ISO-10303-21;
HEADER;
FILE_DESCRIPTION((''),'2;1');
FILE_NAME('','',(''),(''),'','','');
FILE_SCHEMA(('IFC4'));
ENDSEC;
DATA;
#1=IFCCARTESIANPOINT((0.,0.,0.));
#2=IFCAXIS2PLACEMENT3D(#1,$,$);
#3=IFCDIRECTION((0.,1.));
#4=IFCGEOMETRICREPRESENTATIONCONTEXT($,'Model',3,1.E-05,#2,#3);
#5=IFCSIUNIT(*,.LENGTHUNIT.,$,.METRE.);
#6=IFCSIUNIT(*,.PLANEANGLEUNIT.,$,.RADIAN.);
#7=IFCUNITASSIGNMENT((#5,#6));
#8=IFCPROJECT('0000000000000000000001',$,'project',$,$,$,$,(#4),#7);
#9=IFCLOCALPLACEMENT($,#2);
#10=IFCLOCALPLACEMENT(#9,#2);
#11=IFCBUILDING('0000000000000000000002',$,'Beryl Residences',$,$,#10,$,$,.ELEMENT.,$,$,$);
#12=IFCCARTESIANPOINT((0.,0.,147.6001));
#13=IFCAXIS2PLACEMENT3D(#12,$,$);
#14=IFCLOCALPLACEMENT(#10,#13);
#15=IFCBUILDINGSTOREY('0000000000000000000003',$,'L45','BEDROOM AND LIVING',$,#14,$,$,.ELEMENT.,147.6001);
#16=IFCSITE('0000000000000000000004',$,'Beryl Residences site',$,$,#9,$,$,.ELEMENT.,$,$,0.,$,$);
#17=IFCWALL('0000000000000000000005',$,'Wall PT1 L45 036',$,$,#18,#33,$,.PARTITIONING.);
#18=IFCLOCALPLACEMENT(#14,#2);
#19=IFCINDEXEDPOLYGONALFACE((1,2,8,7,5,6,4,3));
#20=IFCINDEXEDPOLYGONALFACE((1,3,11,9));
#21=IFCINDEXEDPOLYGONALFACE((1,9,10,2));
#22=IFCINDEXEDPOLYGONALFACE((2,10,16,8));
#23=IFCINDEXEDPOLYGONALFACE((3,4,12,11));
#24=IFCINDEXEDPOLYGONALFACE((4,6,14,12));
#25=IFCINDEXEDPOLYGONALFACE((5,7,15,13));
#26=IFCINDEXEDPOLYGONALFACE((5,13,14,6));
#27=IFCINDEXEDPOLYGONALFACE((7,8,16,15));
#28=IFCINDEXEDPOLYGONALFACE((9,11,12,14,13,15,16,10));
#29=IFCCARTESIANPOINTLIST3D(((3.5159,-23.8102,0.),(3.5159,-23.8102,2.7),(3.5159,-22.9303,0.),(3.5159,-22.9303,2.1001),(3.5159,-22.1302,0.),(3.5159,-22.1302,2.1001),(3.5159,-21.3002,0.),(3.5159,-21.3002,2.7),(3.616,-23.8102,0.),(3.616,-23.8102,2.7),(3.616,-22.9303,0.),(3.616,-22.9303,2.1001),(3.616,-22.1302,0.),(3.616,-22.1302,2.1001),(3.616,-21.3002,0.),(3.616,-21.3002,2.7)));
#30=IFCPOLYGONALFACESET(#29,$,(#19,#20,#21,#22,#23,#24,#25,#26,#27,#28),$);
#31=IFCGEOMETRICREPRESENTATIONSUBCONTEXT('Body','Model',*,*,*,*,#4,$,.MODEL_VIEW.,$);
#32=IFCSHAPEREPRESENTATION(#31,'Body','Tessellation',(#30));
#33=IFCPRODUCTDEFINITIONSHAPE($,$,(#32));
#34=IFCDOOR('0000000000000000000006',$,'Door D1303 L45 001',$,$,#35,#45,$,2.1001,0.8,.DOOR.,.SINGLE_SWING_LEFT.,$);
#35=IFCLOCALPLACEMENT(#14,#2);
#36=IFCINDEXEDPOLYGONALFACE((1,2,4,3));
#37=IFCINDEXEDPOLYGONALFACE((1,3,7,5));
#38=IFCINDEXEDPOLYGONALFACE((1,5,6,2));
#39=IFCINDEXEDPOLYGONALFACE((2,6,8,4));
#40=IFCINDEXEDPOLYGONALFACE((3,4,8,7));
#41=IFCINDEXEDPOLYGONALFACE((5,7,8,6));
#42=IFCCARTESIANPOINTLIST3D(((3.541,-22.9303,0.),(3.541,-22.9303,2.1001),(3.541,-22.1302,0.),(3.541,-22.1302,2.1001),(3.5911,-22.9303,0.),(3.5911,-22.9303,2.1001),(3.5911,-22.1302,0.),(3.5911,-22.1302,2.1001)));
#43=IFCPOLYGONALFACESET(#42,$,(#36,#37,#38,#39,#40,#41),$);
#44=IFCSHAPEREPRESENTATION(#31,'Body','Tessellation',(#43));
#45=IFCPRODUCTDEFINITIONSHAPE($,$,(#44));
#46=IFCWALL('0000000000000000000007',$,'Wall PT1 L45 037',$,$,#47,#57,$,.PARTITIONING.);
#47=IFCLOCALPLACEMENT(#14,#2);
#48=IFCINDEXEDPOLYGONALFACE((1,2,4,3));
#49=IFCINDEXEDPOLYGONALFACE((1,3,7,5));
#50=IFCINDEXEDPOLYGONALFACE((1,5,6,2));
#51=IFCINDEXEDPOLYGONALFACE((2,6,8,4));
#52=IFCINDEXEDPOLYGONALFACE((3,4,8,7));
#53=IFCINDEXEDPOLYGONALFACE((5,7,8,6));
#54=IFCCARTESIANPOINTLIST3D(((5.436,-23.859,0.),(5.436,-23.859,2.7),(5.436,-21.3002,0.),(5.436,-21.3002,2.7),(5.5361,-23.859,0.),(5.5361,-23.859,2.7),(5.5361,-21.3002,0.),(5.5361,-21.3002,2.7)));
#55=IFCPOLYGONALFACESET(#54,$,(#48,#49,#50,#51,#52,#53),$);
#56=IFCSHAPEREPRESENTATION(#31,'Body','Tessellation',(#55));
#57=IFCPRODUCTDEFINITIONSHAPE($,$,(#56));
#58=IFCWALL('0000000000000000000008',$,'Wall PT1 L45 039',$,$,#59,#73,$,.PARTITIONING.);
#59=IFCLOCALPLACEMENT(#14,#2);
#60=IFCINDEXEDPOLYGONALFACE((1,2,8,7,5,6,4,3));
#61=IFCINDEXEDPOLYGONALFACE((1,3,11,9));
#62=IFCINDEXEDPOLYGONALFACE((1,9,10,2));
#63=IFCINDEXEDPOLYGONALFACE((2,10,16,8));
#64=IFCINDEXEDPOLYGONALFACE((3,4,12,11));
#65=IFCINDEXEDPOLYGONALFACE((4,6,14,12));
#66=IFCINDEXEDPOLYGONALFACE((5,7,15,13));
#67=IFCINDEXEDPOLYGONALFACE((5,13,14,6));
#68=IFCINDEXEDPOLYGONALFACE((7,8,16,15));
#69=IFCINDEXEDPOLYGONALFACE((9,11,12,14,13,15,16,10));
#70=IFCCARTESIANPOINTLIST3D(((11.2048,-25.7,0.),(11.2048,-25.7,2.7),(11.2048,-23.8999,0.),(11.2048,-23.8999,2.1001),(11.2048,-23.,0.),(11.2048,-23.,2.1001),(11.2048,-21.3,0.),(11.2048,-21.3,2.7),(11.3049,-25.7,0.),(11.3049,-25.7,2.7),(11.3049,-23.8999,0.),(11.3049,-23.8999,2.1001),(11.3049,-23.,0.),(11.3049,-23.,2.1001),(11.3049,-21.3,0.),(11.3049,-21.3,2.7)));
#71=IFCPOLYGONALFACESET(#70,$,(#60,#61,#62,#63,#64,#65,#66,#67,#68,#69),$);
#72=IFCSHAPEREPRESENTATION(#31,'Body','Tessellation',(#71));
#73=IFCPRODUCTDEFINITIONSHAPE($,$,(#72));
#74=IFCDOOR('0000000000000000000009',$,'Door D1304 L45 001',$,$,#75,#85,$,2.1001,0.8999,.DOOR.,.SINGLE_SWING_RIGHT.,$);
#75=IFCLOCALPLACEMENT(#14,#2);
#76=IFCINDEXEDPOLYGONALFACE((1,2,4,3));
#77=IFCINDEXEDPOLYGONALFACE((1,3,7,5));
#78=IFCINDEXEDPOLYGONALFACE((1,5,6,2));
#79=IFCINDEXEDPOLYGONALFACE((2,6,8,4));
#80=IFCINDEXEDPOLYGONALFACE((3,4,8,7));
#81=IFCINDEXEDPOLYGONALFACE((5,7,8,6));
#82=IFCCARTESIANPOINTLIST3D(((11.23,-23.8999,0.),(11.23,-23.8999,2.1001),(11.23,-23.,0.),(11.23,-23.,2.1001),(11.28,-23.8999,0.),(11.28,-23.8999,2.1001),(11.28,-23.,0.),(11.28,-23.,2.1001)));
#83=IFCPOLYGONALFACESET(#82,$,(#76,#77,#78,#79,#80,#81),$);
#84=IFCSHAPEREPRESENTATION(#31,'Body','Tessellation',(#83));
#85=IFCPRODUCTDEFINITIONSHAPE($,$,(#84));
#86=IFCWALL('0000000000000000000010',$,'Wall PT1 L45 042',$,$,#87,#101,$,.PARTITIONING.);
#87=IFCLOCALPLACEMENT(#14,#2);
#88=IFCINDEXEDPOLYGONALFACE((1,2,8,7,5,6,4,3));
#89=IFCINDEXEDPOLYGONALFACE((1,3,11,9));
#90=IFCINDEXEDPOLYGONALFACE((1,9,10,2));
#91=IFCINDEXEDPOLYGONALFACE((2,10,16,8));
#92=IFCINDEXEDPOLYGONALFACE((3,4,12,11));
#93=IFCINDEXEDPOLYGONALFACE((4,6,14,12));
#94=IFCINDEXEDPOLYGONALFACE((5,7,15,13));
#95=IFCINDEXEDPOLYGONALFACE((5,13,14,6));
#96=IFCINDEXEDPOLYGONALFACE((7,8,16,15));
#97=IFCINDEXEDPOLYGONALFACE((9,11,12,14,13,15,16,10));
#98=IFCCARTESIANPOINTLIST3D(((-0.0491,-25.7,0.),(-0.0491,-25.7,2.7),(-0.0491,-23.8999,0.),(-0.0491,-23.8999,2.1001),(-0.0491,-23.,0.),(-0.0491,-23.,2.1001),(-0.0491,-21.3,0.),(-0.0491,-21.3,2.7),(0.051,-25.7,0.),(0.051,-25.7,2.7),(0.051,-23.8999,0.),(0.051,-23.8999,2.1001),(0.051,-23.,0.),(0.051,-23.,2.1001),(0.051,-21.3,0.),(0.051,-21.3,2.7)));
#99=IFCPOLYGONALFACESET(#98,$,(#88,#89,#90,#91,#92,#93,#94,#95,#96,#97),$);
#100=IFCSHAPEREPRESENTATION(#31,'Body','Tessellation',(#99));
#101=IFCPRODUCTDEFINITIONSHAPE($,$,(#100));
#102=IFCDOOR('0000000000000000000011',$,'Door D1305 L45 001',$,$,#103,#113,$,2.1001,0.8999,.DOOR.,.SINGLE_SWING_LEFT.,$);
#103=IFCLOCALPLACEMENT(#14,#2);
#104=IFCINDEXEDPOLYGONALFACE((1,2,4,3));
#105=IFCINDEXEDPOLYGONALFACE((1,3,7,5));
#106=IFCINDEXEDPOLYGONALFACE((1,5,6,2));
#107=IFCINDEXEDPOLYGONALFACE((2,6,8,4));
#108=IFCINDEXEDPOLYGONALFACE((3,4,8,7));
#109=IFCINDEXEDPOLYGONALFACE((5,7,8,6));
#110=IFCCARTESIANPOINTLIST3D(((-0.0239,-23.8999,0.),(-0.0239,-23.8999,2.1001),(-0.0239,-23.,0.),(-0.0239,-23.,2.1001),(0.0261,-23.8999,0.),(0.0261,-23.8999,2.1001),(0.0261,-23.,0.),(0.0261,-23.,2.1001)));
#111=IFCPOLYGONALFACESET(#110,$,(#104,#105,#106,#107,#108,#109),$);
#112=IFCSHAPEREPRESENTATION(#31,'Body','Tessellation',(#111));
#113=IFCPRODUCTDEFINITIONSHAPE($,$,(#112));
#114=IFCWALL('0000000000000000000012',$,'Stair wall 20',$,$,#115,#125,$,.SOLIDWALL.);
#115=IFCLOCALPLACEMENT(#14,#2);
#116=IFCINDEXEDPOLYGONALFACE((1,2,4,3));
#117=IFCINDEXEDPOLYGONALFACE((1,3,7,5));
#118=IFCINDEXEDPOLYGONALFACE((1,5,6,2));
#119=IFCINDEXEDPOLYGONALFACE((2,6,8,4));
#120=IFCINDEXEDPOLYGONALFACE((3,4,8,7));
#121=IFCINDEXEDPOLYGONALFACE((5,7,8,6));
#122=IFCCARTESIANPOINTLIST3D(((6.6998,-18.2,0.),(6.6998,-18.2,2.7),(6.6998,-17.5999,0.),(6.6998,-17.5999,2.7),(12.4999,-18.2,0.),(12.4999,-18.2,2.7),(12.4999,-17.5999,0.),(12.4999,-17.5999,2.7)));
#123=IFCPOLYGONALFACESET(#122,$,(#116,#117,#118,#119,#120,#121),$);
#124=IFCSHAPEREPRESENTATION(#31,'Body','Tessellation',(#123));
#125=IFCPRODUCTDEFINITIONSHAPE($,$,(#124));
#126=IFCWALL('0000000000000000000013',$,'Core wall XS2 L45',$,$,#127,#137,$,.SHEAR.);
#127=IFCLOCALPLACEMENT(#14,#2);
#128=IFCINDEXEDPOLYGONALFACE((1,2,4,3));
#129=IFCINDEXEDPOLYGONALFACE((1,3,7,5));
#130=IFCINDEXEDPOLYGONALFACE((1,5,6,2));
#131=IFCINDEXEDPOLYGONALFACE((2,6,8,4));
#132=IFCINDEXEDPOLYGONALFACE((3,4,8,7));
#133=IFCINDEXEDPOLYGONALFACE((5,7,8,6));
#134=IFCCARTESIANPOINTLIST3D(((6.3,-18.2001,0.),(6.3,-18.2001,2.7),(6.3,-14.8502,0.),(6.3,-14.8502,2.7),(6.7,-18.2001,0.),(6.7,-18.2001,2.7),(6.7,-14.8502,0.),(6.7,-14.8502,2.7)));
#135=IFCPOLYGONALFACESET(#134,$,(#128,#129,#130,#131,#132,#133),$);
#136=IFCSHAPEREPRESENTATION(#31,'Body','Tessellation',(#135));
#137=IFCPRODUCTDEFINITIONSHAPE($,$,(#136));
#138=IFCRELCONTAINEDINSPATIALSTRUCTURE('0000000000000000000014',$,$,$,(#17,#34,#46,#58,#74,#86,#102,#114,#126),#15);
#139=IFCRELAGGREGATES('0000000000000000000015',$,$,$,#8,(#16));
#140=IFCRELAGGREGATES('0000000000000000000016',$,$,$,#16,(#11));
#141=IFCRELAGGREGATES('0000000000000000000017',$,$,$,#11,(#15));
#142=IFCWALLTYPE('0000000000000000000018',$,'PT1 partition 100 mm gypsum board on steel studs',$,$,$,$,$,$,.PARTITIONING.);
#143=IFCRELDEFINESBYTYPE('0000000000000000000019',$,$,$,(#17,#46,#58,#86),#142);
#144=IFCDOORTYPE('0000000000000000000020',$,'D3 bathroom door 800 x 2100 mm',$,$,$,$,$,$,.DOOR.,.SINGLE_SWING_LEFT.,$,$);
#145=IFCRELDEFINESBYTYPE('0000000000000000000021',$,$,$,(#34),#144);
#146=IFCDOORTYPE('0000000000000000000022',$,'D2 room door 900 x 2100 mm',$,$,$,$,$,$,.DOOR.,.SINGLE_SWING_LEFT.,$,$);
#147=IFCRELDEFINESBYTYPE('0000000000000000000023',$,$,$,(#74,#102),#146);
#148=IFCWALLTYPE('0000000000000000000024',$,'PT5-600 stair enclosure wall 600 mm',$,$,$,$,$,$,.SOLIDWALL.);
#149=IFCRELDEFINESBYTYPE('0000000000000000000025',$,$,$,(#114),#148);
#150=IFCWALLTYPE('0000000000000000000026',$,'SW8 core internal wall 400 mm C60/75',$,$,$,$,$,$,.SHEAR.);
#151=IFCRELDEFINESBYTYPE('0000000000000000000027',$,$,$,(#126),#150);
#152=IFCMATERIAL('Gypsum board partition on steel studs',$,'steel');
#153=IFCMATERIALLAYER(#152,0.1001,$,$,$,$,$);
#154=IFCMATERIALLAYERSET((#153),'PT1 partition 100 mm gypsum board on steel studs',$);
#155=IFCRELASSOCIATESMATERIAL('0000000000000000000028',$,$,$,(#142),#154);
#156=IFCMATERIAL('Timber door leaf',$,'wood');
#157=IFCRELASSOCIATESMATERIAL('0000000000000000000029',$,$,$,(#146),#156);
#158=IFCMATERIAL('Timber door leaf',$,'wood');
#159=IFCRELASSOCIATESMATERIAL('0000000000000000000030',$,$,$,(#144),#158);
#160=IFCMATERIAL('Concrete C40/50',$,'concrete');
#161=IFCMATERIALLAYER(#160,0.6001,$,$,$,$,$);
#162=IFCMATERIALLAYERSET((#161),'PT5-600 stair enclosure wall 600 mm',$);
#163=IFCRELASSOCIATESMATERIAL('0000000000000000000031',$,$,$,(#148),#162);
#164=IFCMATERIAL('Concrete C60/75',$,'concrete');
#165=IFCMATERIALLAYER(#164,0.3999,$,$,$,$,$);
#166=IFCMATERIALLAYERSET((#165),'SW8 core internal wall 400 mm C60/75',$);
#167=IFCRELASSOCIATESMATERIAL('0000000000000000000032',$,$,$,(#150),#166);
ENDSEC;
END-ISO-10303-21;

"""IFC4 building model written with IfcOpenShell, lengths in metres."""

from ifc_helpers import new_model, si_unit, direction, frame, frame_2d, origin, place, context, subcontext, project, spatial, rectangle, extrude, material, layer, layer_set, type_object, element, fill, save


model = new_model("IFC4")

# Units and contexts
model_context = context("Model", 3, precision=1e-05, world=origin(), true_north=direction((0.0, 1.0)))
body_context = subcontext(model_context, "Body", "Model", "MODEL_VIEW")
ifc_project = project(units=[si_unit("LENGTHUNIT", "METRE"), si_unit("PLANEANGLEUNIT", "RADIAN")], contexts=[model_context])

# Site, building, storey
site_placement = place(None, origin())
site = spatial("IfcSite", under=ifc_project, at=site_placement, Name="Beryl Residences site", CompositionType="ELEMENT", RefElevation=0.0)
building_placement = place(site_placement, origin())
building = spatial("IfcBuilding", under=site, at=building_placement, Name="Beryl Residences", CompositionType="ELEMENT")
storey_placement = place(building_placement, frame((0.0, 0.0, 147.6001)))
storey = spatial("IfcBuildingStorey", under=building, at=storey_placement, Name="L45", Description="BEDROOM AND LIVING", CompositionType="ELEMENT", Elevation=147.6001)

# Shared definitions
ifc_material_1 = material(Name="Gypsum board partition on steel studs", Category="steel")
ifc_layer_1 = layer(ifc_material_1, 0.1001)
ifc_layer_set_1 = layer_set([ifc_layer_1], Name="PT1 partition 100 mm gypsum board on steel studs")
wall_type_1 = type_object("IfcWallType", Name="PT1 partition 100 mm gypsum board on steel studs", PredefinedType="PARTITIONING", material=ifc_layer_set_1)
ifc_material_2 = material(Name="Timber door leaf", Category="wood")
door_type_1 = type_object("IfcDoorType", Name="D2 room door 900 x 2100 mm", OperationType="SINGLE_SWING_LEFT", PredefinedType="DOOR", material=ifc_material_2)

# Wall, opening, door
wall_1_placement = place(storey_placement, frame((3.5659, -23.8101, 0.0), z_axis=(0.0, 0.0, 1.0), x_axis=(0.0, 1.0, 0.0)))
wall_1 = element("IfcWall", 1, at=wall_1_placement, inside=storey, type_object=wall_type_1, Name="Wall PT1 L45 036", PredefinedType="PARTITIONING", context=body_context, shape_type="SweptSolid", body=[
    extrude(rectangle(XDim=2.51, YDim=0.1001, at=frame_2d((1.2549, 0.0))), origin(), (0.0, 0.0, 1.0), 2.7),
])
opening_1_placement = place(wall_1_placement, frame((0.8799, 0.0, 0.0)))
opening_1 = element("IfcOpeningElement", 2, at=opening_1_placement, cuts=wall_1, PredefinedType="OPENING", context=body_context, shape_type="SweptSolid", body=[
    extrude(rectangle(XDim=0.8, YDim=2.1001, at=frame_2d((0.3999, 1.05))), frame((0.0, 0.0601, 0.0), z_axis=(0.0, -1.0, 0.0), x_axis=(1.0, 0.0, 0.0)), (0.0, 0.0, 1.0), 0.1201),
])
ifc_material_3 = material(Name="Timber door leaf", Category="wood")
door_type_2 = type_object("IfcDoorType", Name="D3 bathroom door 800 x 2100 mm", OperationType="SINGLE_SWING_LEFT", PredefinedType="DOOR", material=ifc_material_3)
door_1_placement = place(opening_1_placement, origin())
door_1 = element("IfcDoor", 3, at=door_1_placement, inside=storey, type_object=door_type_2, Name="Door D1303 L45 001", OperationType="SINGLE_SWING_LEFT", OverallHeight=2.1001, OverallWidth=0.8, PredefinedType="DOOR", context=body_context, shape_type="SweptSolid", body=[
    extrude(rectangle(XDim=0.8, YDim=2.1001, at=frame_2d((0.3999, 1.05))), frame((0.0, 0.0249, 0.0), z_axis=(0.0, -1.0, 0.0), x_axis=(1.0, 0.0, 0.0)), (0.0, 0.0, 1.0), 0.05),
])
fill(opening_1, door_1)

# Wall
wall_2_placement = place(storey_placement, frame((5.4861, -23.8589, 0.0), z_axis=(0.0, 0.0, 1.0), x_axis=(0.0, 1.0, 0.0)))
element("IfcWall", 4, at=wall_2_placement, inside=storey, type_object=wall_type_1, Name="Wall PT1 L45 037", PredefinedType="PARTITIONING", context=body_context, shape_type="SweptSolid", body=[
    extrude(rectangle(XDim=2.5588, YDim=0.1001, at=frame_2d((1.2793, 0.0))), origin(), (0.0, 0.0, 1.0), 2.7),
])

# Walls, openings, doors
wall_3_placement = place(storey_placement, frame((11.2549, -25.7, 0.0), z_axis=(0.0, 0.0, 1.0), x_axis=(0.0, 1.0, 0.0)))
wall_3 = element("IfcWall", 5, at=wall_3_placement, inside=storey, type_object=wall_type_1, Name="Wall PT1 L45 039", PredefinedType="PARTITIONING", context=body_context, shape_type="SweptSolid", body=[
    extrude(rectangle(XDim=4.3999, YDim=0.1001, at=frame_2d((2.2, 0.0))), origin(), (0.0, 0.0, 1.0), 2.7),
])
opening_2_placement = place(wall_3_placement, frame((1.8, 0.0, 0.0)))
opening_2 = element("IfcOpeningElement", 6, at=opening_2_placement, cuts=wall_3, PredefinedType="OPENING", context=body_context, shape_type="SweptSolid", body=[
    extrude(rectangle(XDim=0.8999, YDim=2.1001, at=frame_2d((0.45, 1.05))), frame((0.0, 0.0601, 0.0), z_axis=(0.0, -1.0, 0.0), x_axis=(1.0, 0.0, 0.0)), (0.0, 0.0, 1.0), 0.1201),
])
door_2_placement = place(opening_2_placement, origin())
door_2 = element("IfcDoor", 7, at=door_2_placement, inside=storey, type_object=door_type_1, Name="Door D1304 L45 001", OperationType="SINGLE_SWING_RIGHT", OverallHeight=2.1001, OverallWidth=0.8999, PredefinedType="DOOR", context=body_context, shape_type="SweptSolid", body=[
    extrude(rectangle(XDim=0.8999, YDim=2.1001, at=frame_2d((0.45, 1.05))), frame((0.0, 0.0249, 0.0), z_axis=(0.0, -1.0, 0.0), x_axis=(1.0, 0.0, 0.0)), (0.0, 0.0, 1.0), 0.05),
])
fill(opening_2, door_2)
wall_4_placement = place(storey_placement, frame((0.001, -25.7, 0.0), z_axis=(0.0, 0.0, 1.0), x_axis=(0.0, 1.0, 0.0)))
wall_4 = element("IfcWall", 8, at=wall_4_placement, inside=storey, type_object=wall_type_1, Name="Wall PT1 L45 042", PredefinedType="PARTITIONING", context=body_context, shape_type="SweptSolid", body=[
    extrude(rectangle(XDim=4.3999, YDim=0.1001, at=frame_2d((2.2, 0.0))), origin(), (0.0, 0.0, 1.0), 2.7),
])
opening_3_placement = place(wall_4_placement, frame((1.8, 0.0, 0.0)))
opening_3 = element("IfcOpeningElement", 9, at=opening_3_placement, cuts=wall_4, PredefinedType="OPENING", context=body_context, shape_type="SweptSolid", body=[
    extrude(rectangle(XDim=0.8999, YDim=2.1001, at=frame_2d((0.45, 1.05))), frame((0.0, 0.0601, 0.0), z_axis=(0.0, -1.0, 0.0), x_axis=(1.0, 0.0, 0.0)), (0.0, 0.0, 1.0), 0.1201),
])
door_3_placement = place(opening_3_placement, origin())
door_3 = element("IfcDoor", 10, at=door_3_placement, inside=storey, type_object=door_type_1, Name="Door D1305 L45 001", OperationType="SINGLE_SWING_LEFT", OverallHeight=2.1001, OverallWidth=0.8999, PredefinedType="DOOR", context=body_context, shape_type="SweptSolid", body=[
    extrude(rectangle(XDim=0.8999, YDim=2.1001, at=frame_2d((0.45, 1.05))), frame((0.0, 0.0249, 0.0), z_axis=(0.0, -1.0, 0.0), x_axis=(1.0, 0.0, 0.0)), (0.0, 0.0, 1.0), 0.05),
])
fill(opening_3, door_3)

# Walls
ifc_material_4 = material(Name="Concrete C40/50", Category="concrete")
ifc_layer_2 = layer(ifc_material_4, 0.6001)
ifc_layer_set_2 = layer_set([ifc_layer_2], Name="PT5-600 stair enclosure wall 600 mm")
wall_type_2 = type_object("IfcWallType", Name="PT5-600 stair enclosure wall 600 mm", PredefinedType="SOLIDWALL", material=ifc_layer_set_2)
wall_5_placement = place(storey_placement, frame((6.7, -17.8999, 0.0), z_axis=(0.0, 0.0, 1.0), x_axis=(1.0, 0.0, 0.0)))
element("IfcWall", 11, at=wall_5_placement, inside=storey, type_object=wall_type_2, Name="Stair wall 20", PredefinedType="SOLIDWALL", context=body_context, shape_type="SweptSolid", body=[
    extrude(rectangle(XDim=5.8, YDim=0.6001, at=frame_2d((2.8999, 0.0))), origin(), (0.0, 0.0, 1.0), 2.7),
])
ifc_material_5 = material(Name="Concrete C60/75", Category="concrete")
ifc_layer_3 = layer(ifc_material_5, 0.3999)
ifc_layer_set_3 = layer_set([ifc_layer_3], Name="SW8 core internal wall 400 mm C60/75")
wall_type_3 = type_object("IfcWallType", Name="SW8 core internal wall 400 mm C60/75", PredefinedType="SHEAR", material=ifc_layer_set_3)
wall_6_placement = place(storey_placement, frame((6.5, -18.2, 0.0), z_axis=(0.0, 0.0, 1.0), x_axis=(0.0, 1.0, 0.0)))
element("IfcWall", 12, at=wall_6_placement, inside=storey, type_object=wall_type_3, Name="Core wall XS2 L45", PredefinedType="SHEAR", context=body_context, shape_type="SweptSolid", body=[
    extrude(rectangle(XDim=3.3499, YDim=0.3999, at=frame_2d((1.6748, 0.0))), origin(), (0.0, 0.0, 1.0), 2.7),
])

save(model, "model.ifc")
